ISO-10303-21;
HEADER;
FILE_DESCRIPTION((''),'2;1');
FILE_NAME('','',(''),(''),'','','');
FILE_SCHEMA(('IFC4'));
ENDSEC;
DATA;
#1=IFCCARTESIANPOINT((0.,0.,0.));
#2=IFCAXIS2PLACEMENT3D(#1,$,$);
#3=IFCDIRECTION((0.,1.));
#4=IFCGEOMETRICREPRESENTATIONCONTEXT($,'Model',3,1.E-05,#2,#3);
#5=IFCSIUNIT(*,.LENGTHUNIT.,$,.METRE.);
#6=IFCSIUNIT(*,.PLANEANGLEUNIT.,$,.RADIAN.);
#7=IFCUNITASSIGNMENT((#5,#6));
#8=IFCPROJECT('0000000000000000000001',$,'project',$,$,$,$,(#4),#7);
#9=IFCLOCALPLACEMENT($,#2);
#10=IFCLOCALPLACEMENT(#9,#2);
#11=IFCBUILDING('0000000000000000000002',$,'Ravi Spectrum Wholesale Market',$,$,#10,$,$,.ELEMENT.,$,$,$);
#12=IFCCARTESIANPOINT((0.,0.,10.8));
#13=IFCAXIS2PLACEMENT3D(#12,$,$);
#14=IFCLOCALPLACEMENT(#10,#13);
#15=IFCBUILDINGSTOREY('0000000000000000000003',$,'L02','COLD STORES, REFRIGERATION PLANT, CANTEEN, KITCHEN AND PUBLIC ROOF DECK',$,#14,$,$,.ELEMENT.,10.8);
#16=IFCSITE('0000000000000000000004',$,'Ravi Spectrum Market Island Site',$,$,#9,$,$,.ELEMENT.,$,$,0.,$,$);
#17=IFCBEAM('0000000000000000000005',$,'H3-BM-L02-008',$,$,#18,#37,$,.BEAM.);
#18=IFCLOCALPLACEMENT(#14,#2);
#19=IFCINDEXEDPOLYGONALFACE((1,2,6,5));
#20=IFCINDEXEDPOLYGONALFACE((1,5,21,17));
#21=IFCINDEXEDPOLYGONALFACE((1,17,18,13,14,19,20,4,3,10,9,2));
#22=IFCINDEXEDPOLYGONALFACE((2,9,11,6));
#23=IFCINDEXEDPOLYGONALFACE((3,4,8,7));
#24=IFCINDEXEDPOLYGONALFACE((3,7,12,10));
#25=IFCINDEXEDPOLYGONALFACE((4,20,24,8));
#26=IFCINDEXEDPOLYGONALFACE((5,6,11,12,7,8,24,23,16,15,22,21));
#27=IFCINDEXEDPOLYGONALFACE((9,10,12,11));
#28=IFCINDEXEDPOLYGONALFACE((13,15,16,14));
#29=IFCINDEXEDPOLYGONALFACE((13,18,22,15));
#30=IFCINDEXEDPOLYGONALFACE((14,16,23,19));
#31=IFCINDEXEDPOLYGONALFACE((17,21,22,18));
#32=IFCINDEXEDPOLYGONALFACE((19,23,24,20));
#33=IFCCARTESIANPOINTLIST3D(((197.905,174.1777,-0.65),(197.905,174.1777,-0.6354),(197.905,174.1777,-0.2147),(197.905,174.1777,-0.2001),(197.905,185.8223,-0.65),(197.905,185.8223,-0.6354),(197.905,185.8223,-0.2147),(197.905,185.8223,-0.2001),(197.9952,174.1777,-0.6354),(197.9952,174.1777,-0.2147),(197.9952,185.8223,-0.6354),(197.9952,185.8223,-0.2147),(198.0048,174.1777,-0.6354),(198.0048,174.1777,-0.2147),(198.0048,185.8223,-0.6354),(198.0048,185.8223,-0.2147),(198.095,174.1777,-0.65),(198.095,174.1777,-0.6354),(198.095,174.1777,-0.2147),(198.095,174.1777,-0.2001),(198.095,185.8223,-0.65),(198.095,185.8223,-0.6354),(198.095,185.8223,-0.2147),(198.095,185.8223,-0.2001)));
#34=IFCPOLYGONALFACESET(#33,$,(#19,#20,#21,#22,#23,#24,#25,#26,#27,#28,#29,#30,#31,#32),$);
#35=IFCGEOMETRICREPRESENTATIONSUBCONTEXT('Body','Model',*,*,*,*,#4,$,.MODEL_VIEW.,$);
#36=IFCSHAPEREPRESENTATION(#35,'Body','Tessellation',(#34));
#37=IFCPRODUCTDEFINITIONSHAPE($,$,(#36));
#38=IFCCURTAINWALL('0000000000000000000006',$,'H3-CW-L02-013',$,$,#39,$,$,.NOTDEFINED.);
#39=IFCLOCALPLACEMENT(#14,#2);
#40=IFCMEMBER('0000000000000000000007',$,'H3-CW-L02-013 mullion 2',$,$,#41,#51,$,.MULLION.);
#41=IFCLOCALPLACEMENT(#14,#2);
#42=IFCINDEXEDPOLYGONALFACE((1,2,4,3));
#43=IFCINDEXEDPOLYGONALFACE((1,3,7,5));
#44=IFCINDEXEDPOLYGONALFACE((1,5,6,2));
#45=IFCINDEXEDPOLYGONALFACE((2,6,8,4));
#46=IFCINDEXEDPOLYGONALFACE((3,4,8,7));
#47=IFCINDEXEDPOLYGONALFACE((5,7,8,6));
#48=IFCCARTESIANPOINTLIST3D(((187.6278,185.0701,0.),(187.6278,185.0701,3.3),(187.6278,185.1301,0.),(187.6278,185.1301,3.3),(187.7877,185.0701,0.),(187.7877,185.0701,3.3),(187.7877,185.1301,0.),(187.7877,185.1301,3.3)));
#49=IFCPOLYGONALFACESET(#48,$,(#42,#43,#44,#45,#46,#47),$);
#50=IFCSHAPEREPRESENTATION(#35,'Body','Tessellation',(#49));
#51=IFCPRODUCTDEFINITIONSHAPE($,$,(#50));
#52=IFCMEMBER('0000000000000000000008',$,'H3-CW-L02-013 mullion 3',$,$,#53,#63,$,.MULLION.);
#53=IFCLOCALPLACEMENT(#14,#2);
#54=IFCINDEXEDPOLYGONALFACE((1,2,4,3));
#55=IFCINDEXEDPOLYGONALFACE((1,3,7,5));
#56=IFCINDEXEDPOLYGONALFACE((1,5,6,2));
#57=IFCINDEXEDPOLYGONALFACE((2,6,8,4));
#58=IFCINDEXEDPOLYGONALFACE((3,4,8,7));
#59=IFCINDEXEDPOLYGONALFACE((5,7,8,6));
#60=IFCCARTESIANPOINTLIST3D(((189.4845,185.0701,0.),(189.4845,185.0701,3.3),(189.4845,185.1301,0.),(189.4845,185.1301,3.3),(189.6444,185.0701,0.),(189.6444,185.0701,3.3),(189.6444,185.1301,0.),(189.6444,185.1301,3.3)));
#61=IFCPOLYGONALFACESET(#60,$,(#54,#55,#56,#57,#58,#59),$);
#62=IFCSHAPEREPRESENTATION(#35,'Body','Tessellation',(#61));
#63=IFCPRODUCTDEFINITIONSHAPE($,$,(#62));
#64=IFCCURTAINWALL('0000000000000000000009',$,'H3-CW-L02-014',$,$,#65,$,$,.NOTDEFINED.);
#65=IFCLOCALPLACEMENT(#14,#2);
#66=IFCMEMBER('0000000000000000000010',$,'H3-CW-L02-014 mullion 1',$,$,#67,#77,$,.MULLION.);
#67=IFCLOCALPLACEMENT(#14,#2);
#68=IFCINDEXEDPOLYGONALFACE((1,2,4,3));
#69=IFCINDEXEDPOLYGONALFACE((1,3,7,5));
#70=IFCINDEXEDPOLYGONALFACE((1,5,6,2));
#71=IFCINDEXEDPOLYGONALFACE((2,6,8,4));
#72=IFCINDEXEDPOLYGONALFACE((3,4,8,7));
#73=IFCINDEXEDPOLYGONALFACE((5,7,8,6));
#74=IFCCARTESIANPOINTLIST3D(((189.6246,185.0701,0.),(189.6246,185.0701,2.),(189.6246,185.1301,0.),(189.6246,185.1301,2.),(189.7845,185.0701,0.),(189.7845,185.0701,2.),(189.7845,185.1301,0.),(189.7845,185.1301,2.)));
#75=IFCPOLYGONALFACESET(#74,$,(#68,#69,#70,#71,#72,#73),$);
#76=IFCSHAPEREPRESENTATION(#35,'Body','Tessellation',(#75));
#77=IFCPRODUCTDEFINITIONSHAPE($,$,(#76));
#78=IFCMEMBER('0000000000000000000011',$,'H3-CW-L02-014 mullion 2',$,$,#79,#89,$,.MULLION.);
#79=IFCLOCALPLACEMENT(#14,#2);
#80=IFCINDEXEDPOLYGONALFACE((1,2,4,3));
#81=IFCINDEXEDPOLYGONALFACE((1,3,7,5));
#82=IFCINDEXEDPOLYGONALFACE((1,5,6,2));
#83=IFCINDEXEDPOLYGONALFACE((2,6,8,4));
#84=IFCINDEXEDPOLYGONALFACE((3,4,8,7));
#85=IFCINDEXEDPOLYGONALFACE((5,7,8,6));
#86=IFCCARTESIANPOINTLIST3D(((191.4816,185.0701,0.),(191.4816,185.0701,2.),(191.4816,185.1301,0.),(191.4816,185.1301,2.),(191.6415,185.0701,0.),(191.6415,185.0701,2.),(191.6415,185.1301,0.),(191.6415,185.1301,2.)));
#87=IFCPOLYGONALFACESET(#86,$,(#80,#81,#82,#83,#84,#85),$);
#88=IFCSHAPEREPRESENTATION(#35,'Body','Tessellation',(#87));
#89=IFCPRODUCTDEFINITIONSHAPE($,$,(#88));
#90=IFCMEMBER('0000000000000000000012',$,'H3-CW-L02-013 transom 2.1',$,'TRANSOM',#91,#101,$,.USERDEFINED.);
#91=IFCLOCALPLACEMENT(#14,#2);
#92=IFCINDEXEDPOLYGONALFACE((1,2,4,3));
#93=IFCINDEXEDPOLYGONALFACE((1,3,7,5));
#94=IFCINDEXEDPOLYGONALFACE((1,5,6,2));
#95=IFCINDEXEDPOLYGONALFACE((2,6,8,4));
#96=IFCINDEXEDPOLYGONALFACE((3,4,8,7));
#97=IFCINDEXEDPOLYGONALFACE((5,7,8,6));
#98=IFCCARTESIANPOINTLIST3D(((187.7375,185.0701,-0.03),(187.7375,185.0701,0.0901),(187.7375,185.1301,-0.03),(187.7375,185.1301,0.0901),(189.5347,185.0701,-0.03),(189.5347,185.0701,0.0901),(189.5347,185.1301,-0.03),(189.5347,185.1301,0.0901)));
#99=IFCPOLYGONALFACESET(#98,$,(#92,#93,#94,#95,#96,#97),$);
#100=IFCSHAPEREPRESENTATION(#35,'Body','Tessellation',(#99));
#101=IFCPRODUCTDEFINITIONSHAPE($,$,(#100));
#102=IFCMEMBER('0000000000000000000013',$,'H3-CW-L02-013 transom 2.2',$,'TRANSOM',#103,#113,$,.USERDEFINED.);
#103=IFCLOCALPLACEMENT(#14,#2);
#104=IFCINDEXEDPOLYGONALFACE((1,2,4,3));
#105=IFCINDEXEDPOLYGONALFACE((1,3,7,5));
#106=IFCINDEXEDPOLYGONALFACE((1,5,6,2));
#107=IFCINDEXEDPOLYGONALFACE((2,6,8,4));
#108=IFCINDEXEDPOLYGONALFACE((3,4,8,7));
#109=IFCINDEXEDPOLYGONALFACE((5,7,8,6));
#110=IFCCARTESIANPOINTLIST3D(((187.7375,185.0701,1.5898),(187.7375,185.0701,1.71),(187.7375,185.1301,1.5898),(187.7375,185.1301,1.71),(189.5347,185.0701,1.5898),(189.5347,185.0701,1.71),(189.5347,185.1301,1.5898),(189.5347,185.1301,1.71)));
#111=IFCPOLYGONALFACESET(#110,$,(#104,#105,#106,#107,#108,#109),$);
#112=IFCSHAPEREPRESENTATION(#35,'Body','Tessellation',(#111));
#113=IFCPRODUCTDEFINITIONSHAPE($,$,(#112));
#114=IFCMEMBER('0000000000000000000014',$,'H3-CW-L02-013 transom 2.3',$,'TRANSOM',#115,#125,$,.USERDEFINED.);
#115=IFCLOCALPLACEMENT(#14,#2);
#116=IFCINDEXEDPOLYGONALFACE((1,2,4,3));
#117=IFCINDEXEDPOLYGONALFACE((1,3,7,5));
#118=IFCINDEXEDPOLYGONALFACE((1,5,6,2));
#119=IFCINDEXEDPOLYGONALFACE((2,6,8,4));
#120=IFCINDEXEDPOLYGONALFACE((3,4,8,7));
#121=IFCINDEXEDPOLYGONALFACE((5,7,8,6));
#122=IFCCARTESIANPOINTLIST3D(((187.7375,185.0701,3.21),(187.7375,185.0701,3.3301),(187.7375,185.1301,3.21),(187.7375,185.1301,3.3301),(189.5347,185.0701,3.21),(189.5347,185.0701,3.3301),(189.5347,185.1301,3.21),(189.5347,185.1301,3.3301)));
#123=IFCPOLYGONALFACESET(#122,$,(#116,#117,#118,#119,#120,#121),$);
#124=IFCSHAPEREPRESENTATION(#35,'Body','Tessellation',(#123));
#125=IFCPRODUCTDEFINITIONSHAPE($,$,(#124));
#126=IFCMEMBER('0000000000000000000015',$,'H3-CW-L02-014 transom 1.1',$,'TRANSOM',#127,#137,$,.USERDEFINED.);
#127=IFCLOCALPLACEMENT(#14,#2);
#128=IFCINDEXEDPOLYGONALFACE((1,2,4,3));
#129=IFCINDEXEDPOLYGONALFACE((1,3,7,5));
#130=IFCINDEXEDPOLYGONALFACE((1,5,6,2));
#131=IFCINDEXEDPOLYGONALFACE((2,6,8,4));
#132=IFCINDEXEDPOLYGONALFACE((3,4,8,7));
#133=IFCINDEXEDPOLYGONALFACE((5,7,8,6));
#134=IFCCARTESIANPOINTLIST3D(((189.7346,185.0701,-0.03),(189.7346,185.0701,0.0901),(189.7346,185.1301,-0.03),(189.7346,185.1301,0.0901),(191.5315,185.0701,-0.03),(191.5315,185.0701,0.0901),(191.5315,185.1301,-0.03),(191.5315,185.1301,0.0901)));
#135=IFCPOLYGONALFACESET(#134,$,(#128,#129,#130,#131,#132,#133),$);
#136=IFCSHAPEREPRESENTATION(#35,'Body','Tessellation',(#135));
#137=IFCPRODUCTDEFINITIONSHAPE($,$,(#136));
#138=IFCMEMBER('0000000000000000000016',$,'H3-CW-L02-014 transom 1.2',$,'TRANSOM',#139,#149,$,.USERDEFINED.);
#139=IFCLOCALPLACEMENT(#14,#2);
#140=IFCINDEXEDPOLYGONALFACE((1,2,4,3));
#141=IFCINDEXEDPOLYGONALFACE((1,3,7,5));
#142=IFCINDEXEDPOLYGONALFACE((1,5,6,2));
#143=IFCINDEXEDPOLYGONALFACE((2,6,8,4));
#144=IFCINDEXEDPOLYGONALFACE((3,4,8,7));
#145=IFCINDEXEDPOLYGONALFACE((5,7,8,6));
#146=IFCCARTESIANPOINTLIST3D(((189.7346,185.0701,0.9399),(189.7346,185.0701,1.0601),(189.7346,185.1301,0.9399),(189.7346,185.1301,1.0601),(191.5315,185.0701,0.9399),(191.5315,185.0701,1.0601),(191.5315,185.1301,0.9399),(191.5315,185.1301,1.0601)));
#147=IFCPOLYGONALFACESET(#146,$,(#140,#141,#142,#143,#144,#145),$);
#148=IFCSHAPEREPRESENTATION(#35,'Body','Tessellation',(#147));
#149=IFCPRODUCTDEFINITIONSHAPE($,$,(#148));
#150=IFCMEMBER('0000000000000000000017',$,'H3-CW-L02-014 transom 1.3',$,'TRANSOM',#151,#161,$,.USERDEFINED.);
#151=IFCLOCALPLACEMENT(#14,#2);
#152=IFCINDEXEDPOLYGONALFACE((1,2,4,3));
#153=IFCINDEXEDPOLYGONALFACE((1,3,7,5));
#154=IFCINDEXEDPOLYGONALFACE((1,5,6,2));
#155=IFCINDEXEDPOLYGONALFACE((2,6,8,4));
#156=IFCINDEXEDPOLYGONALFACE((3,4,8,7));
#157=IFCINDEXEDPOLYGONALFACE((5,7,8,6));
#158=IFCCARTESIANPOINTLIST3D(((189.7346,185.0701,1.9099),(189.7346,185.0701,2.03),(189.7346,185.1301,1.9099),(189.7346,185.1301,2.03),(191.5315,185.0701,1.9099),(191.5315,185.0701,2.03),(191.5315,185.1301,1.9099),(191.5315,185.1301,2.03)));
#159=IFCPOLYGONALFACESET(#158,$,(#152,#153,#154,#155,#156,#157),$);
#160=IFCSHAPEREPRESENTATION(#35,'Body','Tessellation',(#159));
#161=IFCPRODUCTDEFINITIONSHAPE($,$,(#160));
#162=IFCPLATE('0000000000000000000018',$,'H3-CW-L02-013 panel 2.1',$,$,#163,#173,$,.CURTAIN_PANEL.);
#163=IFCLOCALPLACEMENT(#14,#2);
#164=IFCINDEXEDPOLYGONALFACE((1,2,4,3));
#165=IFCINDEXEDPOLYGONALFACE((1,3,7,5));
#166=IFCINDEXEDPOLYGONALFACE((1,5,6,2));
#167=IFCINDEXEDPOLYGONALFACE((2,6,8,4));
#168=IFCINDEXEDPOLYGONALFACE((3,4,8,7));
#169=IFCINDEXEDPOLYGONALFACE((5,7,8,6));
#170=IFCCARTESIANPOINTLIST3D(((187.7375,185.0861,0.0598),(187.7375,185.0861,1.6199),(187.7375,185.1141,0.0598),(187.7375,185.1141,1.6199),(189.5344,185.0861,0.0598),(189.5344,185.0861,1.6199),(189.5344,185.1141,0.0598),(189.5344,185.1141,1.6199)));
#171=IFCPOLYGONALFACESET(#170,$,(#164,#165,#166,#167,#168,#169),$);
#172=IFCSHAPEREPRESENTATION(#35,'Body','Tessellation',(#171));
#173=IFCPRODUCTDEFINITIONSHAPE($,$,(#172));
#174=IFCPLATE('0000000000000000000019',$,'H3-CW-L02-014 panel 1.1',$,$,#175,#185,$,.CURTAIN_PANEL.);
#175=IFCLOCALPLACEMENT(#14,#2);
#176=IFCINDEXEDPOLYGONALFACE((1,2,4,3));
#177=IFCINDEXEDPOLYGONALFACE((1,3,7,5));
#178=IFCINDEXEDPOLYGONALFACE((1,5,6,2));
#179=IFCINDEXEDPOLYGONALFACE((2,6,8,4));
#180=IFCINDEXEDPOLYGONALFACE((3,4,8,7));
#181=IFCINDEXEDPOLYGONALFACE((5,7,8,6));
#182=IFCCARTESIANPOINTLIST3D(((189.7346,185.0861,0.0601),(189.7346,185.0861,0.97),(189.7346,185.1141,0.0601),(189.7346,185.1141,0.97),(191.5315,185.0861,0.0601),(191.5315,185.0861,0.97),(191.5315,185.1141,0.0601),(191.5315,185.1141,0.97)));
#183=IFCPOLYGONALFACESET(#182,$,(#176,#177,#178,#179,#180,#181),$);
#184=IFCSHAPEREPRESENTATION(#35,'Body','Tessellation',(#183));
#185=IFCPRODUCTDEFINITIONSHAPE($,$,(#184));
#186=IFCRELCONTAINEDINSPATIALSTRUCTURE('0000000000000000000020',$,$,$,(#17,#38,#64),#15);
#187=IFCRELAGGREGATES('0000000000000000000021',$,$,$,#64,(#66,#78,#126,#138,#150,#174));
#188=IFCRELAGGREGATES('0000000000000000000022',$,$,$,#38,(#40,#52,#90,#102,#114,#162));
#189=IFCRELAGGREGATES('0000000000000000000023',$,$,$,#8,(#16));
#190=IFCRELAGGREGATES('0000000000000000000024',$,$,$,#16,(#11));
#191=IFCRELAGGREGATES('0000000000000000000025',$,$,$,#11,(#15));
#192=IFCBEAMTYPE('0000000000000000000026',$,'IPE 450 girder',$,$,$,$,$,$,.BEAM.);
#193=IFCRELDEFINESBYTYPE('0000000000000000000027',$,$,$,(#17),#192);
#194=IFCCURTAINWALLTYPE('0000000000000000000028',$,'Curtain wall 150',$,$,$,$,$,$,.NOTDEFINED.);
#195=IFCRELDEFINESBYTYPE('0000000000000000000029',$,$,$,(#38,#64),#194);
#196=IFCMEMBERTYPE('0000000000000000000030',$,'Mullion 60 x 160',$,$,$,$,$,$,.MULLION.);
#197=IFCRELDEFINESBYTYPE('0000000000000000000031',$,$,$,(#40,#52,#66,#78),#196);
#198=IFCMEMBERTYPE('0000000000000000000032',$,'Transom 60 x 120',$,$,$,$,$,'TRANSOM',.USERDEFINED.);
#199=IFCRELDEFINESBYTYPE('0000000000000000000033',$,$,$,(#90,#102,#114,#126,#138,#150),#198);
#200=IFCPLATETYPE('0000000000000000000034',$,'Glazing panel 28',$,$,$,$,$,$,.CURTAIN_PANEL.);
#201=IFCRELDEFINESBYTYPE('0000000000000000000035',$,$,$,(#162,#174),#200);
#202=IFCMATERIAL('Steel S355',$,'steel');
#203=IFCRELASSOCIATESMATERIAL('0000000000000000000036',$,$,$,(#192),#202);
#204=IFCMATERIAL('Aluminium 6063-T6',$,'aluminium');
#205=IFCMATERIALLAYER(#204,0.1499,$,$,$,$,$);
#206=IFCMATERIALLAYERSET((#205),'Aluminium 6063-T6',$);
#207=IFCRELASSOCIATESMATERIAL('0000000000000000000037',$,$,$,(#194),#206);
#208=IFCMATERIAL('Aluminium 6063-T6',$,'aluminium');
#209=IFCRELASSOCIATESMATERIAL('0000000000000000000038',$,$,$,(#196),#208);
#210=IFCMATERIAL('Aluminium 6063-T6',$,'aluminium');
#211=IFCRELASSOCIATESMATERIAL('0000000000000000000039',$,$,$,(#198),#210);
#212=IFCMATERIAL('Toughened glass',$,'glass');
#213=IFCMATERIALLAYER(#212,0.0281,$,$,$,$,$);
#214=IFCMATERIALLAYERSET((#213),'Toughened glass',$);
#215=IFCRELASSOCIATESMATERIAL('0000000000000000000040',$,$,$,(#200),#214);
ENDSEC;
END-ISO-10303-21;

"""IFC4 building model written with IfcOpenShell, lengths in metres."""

from ifc_helpers import new_model, si_unit, direction, frame, origin, origin_2d, place, context, subcontext, project, spatial, rectangle, i_section, extrude, material, layer, layer_set, material_profile, profile_set, type_object, element, aggregate, save


model = new_model("IFC4")

# Units and contexts
model_context = context("Model", 3, precision=1e-05, world=origin(), true_north=direction((0.0, 1.0)))
body_context = subcontext(model_context, "Body", "Model", "MODEL_VIEW")
ifc_project = project(units=[si_unit("LENGTHUNIT", "METRE"), si_unit("PLANEANGLEUNIT", "RADIAN")], contexts=[model_context])

# Site, building, storey
site_placement = place(None, origin())
site = spatial("IfcSite", under=ifc_project, at=site_placement, Name="Ravi Spectrum Market Island Site", CompositionType="ELEMENT", RefElevation=0.0)
building_placement = place(site_placement, origin())
building = spatial("IfcBuilding", under=site, at=building_placement, Name="Ravi Spectrum Wholesale Market", CompositionType="ELEMENT")
storey_placement = place(building_placement, frame((0.0, 0.0, 10.8)))
storey = spatial("IfcBuildingStorey", under=building, at=storey_placement, Name="L02", Description="COLD STORES, REFRIGERATION PLANT, CANTEEN, KITCHEN AND PUBLIC ROOF DECK", CompositionType="ELEMENT", Elevation=10.8)

# Beam
ifc_material_1 = material(Name="Steel S355", Category="steel")
ifc_material_profile_1 = material_profile(ifc_material_1, i_section(OverallWidth=0.1899, OverallDepth=0.45, WebThickness=0.0095, FlangeThickness=0.0146, at=origin_2d()))
ifc_profile_set_1 = profile_set([ifc_material_profile_1], Name="Steel S355")
beam_type = type_object("IfcBeamType", Name="IPE 450 girder", PredefinedType="BEAM", material=ifc_profile_set_1)
beam_placement = place(storey_placement, frame((198.0, 174.1777, -0.425), z_axis=(0.0, 1.0, 0.0), x_axis=(-1.0, 0.0, 0.0)))
element("IfcBeam", 1, at=beam_placement, inside=storey, type_object=beam_type, Name="H3-BM-L02-008", PredefinedType="BEAM", context=body_context, shape_type="SweptSolid", body=[
    extrude(i_section(OverallWidth=0.1899, OverallDepth=0.45, WebThickness=0.0095, FlangeThickness=0.0146, at=origin_2d()), origin(), (0.0, 0.0, 1.0), 11.6445),
])

# Curtain walls, members
ifc_material_2 = material(Name="Aluminium 6063-T6", Category="aluminium")
ifc_layer_1 = layer(ifc_material_2, 0.1499)
ifc_layer_set_1 = layer_set([ifc_layer_1], Name="Aluminium 6063-T6")
curtain_wall_type = type_object("IfcCurtainWallType", Name="Curtain wall 150", PredefinedType="NOTDEFINED", material=ifc_layer_set_1)
curtain_wall_1_placement = place(storey_placement, origin())
curtain_wall_1 = element("IfcCurtainWall", 2, at=curtain_wall_1_placement, inside=storey, type_object=curtain_wall_type, Name="H3-CW-L02-013", PredefinedType="NOTDEFINED")
ifc_material_3 = material(Name="Aluminium 6063-T6", Category="aluminium")
ifc_material_profile_2 = material_profile(ifc_material_3, rectangle(XDim=0.0601, YDim=0.1599, at=origin_2d()))
ifc_profile_set_2 = profile_set([ifc_material_profile_2], Name="Aluminium 6063-T6")
member_type_1 = type_object("IfcMemberType", Name="Mullion 60 x 160", PredefinedType="MULLION", material=ifc_profile_set_2)
member_1_placement = place(storey_placement, frame((187.7078, 185.1001, 0.0), z_axis=(0.0, 0.0, 1.0), x_axis=(0.0, 1.0, 0.0)))
member_1 = element("IfcMember", 3, at=member_1_placement, type_object=member_type_1, Name="H3-CW-L02-013 mullion 2", PredefinedType="MULLION", context=body_context, shape_type="SweptSolid", body=[
    extrude(rectangle(XDim=0.0601, YDim=0.1599, at=origin_2d()), origin(), (0.0, 0.0, 1.0), 3.3),
])
member_2_placement = place(storey_placement, frame((189.5645, 185.1001, 0.0), z_axis=(0.0, 0.0, 1.0), x_axis=(0.0, 1.0, 0.0)))
member_2 = element("IfcMember", 4, at=member_2_placement, type_object=member_type_1, Name="H3-CW-L02-013 mullion 3", PredefinedType="MULLION", context=body_context, shape_type="SweptSolid", body=[
    extrude(rectangle(XDim=0.0601, YDim=0.1599, at=origin_2d()), origin(), (0.0, 0.0, 1.0), 3.3),
])
curtain_wall_2_placement = place(storey_placement, origin())
curtain_wall_2 = element("IfcCurtainWall", 5, at=curtain_wall_2_placement, inside=storey, type_object=curtain_wall_type, Name="H3-CW-L02-014", PredefinedType="NOTDEFINED")
member_3_placement = place(storey_placement, frame((189.7046, 185.1001, 0.0), z_axis=(0.0, 0.0, 1.0), x_axis=(0.0, 1.0, 0.0)))
member_3 = element("IfcMember", 6, at=member_3_placement, type_object=member_type_1, Name="H3-CW-L02-014 mullion 1", PredefinedType="MULLION", context=body_context, shape_type="SweptSolid", body=[
    extrude(rectangle(XDim=0.0601, YDim=0.1599, at=origin_2d()), origin(), (0.0, 0.0, 1.0), 2.0),
])
member_4_placement = place(storey_placement, frame((191.5615, 185.1001, 0.0), z_axis=(0.0, 0.0, 1.0), x_axis=(0.0, 1.0, 0.0)))
member_4 = element("IfcMember", 7, at=member_4_placement, type_object=member_type_1, Name="H3-CW-L02-014 mullion 2", PredefinedType="MULLION", context=body_context, shape_type="SweptSolid", body=[
    extrude(rectangle(XDim=0.0601, YDim=0.1599, at=origin_2d()), origin(), (0.0, 0.0, 1.0), 2.0),
])

# Members
ifc_material_4 = material(Name="Aluminium 6063-T6", Category="aluminium")
ifc_material_profile_3 = material_profile(ifc_material_4, rectangle(XDim=0.0601, YDim=0.1201, at=origin_2d()))
ifc_profile_set_3 = profile_set([ifc_material_profile_3], Name="Aluminium 6063-T6")
member_type_2 = type_object("IfcMemberType", Name="Transom 60 x 120", ElementType="TRANSOM", PredefinedType="USERDEFINED", material=ifc_profile_set_3)
member_5_placement = place(storey_placement, frame((187.7375, 185.1001, 0.03), z_axis=(1.0, 0.0, 0.0), x_axis=(0.0, 1.0, 0.0)))
member_5 = element("IfcMember", 8, at=member_5_placement, type_object=member_type_2, Name="H3-CW-L02-013 transom 2.1", ObjectType="TRANSOM", PredefinedType="USERDEFINED", context=body_context, shape_type="SweptSolid", body=[
    extrude(rectangle(XDim=0.0601, YDim=0.1201, at=origin_2d()), origin(), (0.0, 0.0, 1.0), 1.7971),
])
member_6_placement = place(storey_placement, frame((187.7375, 185.1001, 1.6499), z_axis=(1.0, 0.0, 0.0), x_axis=(0.0, 1.0, 0.0)))
member_6 = element("IfcMember", 9, at=member_6_placement, type_object=member_type_2, Name="H3-CW-L02-013 transom 2.2", ObjectType="TRANSOM", PredefinedType="USERDEFINED", context=body_context, shape_type="SweptSolid", body=[
    extrude(rectangle(XDim=0.0601, YDim=0.1201, at=origin_2d()), origin(), (0.0, 0.0, 1.0), 1.7971),
])
member_7_placement = place(storey_placement, frame((187.7375, 185.1001, 3.27), z_axis=(1.0, 0.0, 0.0), x_axis=(0.0, 1.0, 0.0)))
member_7 = element("IfcMember", 10, at=member_7_placement, type_object=member_type_2, Name="H3-CW-L02-013 transom 2.3", ObjectType="TRANSOM", PredefinedType="USERDEFINED", context=body_context, shape_type="SweptSolid", body=[
    extrude(rectangle(XDim=0.0601, YDim=0.1201, at=origin_2d()), origin(), (0.0, 0.0, 1.0), 1.7971),
])
member_8_placement = place(storey_placement, frame((189.7346, 185.1001, 0.03), z_axis=(1.0, 0.0, 0.0), x_axis=(0.0, 1.0, 0.0)))
member_8 = element("IfcMember", 11, at=member_8_placement, type_object=member_type_2, Name="H3-CW-L02-014 transom 1.1", ObjectType="TRANSOM", PredefinedType="USERDEFINED", context=body_context, shape_type="SweptSolid", body=[
    extrude(rectangle(XDim=0.0601, YDim=0.1201, at=origin_2d()), origin(), (0.0, 0.0, 1.0), 1.7969),
])
member_9_placement = place(storey_placement, frame((189.7346, 185.1001, 1.0), z_axis=(1.0, 0.0, 0.0), x_axis=(0.0, 1.0, 0.0)))
member_9 = element("IfcMember", 12, at=member_9_placement, type_object=member_type_2, Name="H3-CW-L02-014 transom 1.2", ObjectType="TRANSOM", PredefinedType="USERDEFINED", context=body_context, shape_type="SweptSolid", body=[
    extrude(rectangle(XDim=0.0601, YDim=0.1201, at=origin_2d()), origin(), (0.0, 0.0, 1.0), 1.7969),
])
member_10_placement = place(storey_placement, frame((189.7346, 185.1001, 1.97), z_axis=(1.0, 0.0, 0.0), x_axis=(0.0, 1.0, 0.0)))
member_10 = element("IfcMember", 13, at=member_10_placement, type_object=member_type_2, Name="H3-CW-L02-014 transom 1.3", ObjectType="TRANSOM", PredefinedType="USERDEFINED", context=body_context, shape_type="SweptSolid", body=[
    extrude(rectangle(XDim=0.0601, YDim=0.1201, at=origin_2d()), origin(), (0.0, 0.0, 1.0), 1.7969),
])

# Plates
ifc_material_5 = material(Name="Toughened glass", Category="glass")
ifc_layer_2 = layer(ifc_material_5, 0.0281)
ifc_layer_set_2 = layer_set([ifc_layer_2], Name="Toughened glass")
plate_type_1 = type_object("IfcPlateType", Name="Glazing panel 28", PredefinedType="CURTAIN_PANEL", material=ifc_layer_set_2)
plate_1_placement = place(storey_placement, frame((188.636, 185.1001, 0.0598), z_axis=(0.0, 0.0, 1.0), x_axis=(1.0, 0.0, 0.0)))
plate_1 = element("IfcPlate", 14, at=plate_1_placement, type_object=plate_type_1, Name="H3-CW-L02-013 panel 2.1", PredefinedType="CURTAIN_PANEL", context=body_context, shape_type="SweptSolid", body=[
    extrude(rectangle(XDim=1.7969, YDim=0.0281, at=origin_2d()), origin(), (0.0, 0.0, 1.0), 1.5601),
])
plate_2_placement = place(storey_placement, frame((190.6331, 185.1001, 0.0601), z_axis=(0.0, 0.0, 1.0), x_axis=(1.0, 0.0, 0.0)))
plate_2 = element("IfcPlate", 15, at=plate_2_placement, type_object=plate_type_1, Name="H3-CW-L02-014 panel 1.1", PredefinedType="CURTAIN_PANEL", context=body_context, shape_type="SweptSolid", body=[
    extrude(rectangle(XDim=1.7969, YDim=0.0281, at=origin_2d()), origin(), (0.0, 0.0, 1.0), 0.9099),
])
aggregate(curtain_wall_2, [member_3, member_4, member_8, member_9, member_10, plate_2])
aggregate(curtain_wall_1, [member_1, member_2, member_5, member_6, member_7, plate_1])

save(model, "model.ifc")
